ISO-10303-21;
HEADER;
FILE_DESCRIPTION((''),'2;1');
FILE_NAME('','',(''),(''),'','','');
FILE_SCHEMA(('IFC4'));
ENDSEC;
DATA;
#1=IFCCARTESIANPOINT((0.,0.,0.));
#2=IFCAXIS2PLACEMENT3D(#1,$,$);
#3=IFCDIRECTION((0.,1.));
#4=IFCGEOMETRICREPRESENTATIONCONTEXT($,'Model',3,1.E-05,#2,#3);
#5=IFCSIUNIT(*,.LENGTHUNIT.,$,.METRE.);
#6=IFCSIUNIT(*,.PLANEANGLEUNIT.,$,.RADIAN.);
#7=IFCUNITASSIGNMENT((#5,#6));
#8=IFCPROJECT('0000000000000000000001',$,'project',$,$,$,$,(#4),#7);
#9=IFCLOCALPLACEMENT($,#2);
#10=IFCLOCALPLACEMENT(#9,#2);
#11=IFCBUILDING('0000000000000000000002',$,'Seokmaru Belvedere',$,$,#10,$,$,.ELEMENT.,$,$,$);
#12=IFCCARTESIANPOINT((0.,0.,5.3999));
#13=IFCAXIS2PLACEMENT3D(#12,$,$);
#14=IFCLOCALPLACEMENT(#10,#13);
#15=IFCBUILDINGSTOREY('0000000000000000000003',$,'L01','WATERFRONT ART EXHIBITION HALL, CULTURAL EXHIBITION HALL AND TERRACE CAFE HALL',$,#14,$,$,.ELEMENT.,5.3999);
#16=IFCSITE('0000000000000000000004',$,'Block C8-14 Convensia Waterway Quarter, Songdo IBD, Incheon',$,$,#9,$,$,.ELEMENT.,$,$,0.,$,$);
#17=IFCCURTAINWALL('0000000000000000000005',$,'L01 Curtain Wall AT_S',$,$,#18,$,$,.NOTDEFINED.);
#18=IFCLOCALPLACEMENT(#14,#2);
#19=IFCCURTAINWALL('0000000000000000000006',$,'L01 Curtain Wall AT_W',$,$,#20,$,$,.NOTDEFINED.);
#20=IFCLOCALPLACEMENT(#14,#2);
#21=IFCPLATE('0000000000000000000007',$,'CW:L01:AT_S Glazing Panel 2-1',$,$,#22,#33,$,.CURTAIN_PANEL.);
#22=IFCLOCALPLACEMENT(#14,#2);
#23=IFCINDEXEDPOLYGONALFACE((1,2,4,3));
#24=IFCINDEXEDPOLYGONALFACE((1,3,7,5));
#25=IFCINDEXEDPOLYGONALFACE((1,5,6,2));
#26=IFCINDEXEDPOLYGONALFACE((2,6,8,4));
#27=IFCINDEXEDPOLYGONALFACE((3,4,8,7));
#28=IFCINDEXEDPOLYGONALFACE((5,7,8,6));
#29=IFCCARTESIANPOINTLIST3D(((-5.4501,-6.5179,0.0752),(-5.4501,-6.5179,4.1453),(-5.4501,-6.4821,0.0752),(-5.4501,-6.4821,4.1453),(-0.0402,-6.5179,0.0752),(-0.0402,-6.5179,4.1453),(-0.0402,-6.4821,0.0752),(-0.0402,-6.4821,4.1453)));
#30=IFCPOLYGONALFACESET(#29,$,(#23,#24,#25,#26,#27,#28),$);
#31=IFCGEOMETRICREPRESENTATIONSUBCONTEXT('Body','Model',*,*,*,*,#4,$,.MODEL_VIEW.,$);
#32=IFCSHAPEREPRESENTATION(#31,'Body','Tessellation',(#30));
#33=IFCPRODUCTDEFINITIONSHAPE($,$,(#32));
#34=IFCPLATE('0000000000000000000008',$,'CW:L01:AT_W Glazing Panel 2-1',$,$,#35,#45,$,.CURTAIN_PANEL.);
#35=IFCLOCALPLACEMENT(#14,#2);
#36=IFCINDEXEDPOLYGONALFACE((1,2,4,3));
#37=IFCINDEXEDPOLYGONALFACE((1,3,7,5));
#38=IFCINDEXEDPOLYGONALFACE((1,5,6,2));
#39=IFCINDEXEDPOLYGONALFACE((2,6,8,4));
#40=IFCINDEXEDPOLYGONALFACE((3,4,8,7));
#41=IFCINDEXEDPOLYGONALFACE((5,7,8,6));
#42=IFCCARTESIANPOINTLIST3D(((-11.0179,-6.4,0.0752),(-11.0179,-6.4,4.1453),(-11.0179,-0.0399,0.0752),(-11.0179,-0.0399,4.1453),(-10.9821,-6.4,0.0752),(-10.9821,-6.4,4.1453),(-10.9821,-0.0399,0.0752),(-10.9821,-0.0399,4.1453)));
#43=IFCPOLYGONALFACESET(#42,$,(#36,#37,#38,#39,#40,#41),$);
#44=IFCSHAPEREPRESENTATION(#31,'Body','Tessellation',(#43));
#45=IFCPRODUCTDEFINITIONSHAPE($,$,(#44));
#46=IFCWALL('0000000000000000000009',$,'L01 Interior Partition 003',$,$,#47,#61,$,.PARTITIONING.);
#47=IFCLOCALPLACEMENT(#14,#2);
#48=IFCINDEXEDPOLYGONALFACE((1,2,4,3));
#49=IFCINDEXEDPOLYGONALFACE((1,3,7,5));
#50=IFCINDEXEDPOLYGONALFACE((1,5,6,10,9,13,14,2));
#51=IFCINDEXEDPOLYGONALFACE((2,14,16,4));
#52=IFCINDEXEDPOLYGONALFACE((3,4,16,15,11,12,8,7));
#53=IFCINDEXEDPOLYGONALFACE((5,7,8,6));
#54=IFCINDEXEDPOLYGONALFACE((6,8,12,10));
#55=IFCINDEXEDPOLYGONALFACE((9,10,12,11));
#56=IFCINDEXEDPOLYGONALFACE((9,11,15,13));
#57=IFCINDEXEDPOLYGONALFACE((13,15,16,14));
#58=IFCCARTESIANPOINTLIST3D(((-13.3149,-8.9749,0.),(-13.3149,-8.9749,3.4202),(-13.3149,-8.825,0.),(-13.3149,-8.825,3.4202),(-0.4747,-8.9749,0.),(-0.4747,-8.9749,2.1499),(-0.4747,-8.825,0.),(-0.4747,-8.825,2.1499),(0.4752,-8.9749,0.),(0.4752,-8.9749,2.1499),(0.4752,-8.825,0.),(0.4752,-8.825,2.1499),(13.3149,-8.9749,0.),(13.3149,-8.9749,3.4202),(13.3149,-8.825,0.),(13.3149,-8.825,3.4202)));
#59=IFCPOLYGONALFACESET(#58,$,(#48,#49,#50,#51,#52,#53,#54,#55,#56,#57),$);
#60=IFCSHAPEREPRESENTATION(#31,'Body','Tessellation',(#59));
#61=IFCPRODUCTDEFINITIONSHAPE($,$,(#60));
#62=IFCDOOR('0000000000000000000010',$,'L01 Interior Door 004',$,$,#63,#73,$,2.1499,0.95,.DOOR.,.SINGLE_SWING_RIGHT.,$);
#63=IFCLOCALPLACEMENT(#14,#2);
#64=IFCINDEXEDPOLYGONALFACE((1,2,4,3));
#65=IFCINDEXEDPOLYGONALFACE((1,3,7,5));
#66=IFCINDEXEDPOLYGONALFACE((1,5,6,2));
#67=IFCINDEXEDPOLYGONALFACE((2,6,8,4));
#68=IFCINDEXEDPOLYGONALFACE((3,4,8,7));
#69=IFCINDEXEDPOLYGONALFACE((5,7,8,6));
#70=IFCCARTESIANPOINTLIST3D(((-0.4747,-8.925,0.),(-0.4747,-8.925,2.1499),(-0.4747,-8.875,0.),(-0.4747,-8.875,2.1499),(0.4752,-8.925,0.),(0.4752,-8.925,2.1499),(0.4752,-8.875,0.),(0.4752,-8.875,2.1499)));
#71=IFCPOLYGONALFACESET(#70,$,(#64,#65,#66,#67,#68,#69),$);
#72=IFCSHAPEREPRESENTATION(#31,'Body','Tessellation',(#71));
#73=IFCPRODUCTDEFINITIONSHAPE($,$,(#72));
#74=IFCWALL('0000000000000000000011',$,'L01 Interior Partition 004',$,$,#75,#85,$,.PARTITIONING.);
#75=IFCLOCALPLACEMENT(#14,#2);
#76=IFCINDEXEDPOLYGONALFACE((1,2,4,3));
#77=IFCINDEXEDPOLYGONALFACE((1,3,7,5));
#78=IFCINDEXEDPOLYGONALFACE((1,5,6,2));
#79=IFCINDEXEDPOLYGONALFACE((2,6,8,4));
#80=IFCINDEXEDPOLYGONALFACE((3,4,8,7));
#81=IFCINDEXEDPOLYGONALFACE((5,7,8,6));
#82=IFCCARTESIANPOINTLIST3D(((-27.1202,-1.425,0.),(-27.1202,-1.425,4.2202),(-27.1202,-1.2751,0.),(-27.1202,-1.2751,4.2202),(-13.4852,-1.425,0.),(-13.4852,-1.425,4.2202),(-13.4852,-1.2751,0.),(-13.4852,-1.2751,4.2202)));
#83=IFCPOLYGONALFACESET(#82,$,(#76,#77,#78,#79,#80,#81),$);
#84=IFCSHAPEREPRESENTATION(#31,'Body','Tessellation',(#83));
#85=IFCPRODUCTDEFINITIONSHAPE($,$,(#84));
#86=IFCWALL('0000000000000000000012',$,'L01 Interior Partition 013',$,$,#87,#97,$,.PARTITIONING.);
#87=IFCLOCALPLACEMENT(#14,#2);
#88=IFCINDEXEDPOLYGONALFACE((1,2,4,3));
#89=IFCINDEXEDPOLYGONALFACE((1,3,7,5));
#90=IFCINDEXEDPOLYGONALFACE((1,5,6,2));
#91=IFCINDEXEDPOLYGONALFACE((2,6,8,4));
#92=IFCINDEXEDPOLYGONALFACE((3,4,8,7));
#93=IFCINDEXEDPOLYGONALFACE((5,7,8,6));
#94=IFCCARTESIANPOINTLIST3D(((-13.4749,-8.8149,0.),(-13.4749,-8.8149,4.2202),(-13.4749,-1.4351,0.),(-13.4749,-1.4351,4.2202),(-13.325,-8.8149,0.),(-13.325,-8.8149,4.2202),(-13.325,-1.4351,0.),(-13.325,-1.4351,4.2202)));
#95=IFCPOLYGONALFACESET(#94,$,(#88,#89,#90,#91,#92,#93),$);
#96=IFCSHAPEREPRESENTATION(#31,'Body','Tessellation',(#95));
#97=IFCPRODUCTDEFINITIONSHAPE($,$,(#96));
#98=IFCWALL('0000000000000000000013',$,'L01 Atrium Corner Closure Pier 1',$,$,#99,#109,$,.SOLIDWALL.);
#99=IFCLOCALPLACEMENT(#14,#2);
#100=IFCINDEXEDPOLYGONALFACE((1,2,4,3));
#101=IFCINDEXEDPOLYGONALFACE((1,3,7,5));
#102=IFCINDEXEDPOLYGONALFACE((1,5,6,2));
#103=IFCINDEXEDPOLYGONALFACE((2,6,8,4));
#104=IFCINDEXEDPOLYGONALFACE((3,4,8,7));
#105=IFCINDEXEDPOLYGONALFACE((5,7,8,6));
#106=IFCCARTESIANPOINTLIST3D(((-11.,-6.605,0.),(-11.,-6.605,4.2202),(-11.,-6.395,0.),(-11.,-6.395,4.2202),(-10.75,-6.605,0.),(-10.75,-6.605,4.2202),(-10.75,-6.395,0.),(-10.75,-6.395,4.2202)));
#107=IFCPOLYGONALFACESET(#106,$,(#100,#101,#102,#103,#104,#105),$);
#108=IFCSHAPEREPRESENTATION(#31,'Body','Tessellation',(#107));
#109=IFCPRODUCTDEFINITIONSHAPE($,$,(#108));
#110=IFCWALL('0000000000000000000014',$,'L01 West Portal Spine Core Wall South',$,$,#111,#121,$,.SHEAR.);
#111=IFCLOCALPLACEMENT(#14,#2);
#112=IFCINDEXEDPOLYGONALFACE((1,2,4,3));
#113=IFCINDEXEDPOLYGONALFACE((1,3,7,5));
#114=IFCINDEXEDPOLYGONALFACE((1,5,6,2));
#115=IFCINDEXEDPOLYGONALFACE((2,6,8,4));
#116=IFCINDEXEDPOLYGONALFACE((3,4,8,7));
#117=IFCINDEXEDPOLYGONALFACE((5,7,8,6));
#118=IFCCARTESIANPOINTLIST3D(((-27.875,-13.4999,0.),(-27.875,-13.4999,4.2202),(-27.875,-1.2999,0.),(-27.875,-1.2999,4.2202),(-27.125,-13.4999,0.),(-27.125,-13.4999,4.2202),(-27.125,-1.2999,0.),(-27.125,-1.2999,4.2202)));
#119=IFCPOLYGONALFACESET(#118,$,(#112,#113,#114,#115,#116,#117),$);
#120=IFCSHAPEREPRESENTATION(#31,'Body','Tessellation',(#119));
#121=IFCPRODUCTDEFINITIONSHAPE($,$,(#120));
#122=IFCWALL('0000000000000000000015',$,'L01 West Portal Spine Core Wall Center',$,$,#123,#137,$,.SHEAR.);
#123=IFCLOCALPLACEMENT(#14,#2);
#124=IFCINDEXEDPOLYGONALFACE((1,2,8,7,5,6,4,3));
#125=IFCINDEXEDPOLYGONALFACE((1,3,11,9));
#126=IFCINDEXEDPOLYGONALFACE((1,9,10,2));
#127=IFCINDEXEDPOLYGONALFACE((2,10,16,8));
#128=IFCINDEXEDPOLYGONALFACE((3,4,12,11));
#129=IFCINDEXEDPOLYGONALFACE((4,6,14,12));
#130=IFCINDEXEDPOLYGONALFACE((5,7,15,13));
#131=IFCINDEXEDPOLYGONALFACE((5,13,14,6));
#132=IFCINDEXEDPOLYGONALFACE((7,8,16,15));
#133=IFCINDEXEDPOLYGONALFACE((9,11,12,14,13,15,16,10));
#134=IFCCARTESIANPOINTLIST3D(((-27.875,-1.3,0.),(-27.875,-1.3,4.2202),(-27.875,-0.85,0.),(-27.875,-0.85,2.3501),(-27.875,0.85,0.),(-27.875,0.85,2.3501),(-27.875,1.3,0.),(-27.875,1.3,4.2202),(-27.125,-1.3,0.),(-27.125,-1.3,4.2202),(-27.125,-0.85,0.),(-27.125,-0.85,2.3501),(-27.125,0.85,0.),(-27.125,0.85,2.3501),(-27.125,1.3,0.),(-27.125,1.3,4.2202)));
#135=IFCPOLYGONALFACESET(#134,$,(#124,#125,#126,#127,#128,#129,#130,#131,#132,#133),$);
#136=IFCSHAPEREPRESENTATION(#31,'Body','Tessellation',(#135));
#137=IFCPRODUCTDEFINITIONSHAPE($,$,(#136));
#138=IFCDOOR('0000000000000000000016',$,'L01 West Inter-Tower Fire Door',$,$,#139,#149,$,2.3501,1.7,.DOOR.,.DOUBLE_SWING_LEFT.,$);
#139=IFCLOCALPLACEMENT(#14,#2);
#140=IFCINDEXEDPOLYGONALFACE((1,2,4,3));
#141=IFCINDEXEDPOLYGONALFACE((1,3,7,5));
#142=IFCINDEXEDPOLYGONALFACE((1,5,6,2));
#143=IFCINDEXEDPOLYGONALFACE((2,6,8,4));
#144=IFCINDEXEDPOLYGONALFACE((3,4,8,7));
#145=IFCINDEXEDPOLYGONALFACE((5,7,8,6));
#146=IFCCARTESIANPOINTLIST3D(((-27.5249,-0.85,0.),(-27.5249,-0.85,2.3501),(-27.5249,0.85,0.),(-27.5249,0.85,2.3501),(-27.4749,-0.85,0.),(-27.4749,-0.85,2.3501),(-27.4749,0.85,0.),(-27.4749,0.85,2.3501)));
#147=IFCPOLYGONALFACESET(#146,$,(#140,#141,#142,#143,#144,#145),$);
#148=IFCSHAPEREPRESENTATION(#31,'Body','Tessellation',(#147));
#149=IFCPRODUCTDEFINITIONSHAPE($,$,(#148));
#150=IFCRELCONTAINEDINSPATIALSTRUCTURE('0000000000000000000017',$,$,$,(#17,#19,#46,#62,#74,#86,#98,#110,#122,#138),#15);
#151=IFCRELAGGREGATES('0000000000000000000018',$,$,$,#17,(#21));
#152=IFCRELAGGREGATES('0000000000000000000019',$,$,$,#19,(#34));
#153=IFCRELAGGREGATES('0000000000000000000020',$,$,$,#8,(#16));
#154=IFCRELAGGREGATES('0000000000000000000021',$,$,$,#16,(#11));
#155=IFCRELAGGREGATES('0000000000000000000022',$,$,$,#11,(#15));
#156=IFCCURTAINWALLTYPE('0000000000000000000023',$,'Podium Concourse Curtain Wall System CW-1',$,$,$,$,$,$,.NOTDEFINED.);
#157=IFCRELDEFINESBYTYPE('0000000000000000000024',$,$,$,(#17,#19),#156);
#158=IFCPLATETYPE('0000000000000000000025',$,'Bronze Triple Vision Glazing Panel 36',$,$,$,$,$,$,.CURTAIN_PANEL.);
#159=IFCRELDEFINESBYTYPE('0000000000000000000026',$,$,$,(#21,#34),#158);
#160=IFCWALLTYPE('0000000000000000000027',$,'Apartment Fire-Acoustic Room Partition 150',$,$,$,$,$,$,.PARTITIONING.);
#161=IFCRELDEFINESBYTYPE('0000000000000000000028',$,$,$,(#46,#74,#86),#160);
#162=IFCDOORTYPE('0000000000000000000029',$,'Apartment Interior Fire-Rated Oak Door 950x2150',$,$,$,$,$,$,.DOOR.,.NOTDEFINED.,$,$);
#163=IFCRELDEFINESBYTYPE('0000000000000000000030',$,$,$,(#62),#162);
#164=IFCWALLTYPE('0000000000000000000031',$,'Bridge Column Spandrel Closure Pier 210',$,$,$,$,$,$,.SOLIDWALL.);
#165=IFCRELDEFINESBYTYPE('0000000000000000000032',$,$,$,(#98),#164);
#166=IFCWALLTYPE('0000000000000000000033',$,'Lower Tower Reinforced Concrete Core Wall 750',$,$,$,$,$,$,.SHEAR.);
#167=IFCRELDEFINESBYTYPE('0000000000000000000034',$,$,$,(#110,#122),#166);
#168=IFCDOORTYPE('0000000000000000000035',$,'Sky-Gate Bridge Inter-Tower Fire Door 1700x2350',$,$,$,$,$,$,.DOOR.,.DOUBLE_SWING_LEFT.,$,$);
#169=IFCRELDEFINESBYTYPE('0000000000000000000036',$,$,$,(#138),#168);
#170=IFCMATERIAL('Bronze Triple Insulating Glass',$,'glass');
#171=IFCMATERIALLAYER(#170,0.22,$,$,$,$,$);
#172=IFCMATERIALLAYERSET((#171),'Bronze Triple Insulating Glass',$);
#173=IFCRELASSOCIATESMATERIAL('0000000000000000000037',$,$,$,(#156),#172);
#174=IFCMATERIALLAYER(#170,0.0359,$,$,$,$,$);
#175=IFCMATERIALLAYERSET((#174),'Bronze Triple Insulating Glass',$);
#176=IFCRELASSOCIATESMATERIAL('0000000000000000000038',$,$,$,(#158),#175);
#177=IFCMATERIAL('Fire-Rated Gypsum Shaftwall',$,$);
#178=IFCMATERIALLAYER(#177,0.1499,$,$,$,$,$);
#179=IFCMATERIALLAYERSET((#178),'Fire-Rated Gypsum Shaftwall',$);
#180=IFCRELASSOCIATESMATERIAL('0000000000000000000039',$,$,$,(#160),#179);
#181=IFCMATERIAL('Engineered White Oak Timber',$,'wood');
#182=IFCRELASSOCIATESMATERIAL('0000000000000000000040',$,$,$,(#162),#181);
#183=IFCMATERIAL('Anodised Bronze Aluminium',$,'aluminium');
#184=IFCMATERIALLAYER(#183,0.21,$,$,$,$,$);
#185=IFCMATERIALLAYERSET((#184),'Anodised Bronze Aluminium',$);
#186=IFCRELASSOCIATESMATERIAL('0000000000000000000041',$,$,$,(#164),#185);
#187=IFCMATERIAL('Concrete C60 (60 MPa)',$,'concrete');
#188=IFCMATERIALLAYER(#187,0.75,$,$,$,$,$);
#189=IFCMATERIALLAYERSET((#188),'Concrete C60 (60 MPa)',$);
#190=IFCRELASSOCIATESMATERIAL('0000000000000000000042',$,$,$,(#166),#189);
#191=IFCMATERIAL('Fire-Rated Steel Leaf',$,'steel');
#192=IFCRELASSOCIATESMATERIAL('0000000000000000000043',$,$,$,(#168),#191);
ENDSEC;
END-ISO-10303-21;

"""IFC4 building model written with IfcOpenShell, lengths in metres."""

from ifc_helpers import new_model, si_unit, direction, frame, frame_2d, origin, origin_2d, place, context, subcontext, project, spatial, rectangle, extrude, source, transform, mapped, material, layer, layer_set, type_object, type_shapes, element, fill, aggregate, save


model = new_model("IFC4")

# Units and contexts
model_context = context("Model", 3, precision=1e-05, world=origin(), true_north=direction((0.0, 1.0)))
body_context = subcontext(model_context, "Body", "Model", "MODEL_VIEW")
ifc_project = project(units=[si_unit("LENGTHUNIT", "METRE"), si_unit("PLANEANGLEUNIT", "RADIAN")], contexts=[model_context])

# Site, building, storey
site_placement = place(None, origin())
site = spatial("IfcSite", under=ifc_project, at=site_placement, Name="Block C8-14 Convensia Waterway Quarter, Songdo IBD, Incheon", CompositionType="ELEMENT", RefElevation=0.0)
building_placement = place(site_placement, origin())
building = spatial("IfcBuilding", under=site, at=building_placement, Name="Seokmaru Belvedere", CompositionType="ELEMENT")
storey_placement = place(building_placement, frame((0.0, 0.0, 5.3999)))
storey = spatial("IfcBuildingStorey", under=building, at=storey_placement, Name="L01", Description="WATERFRONT ART EXHIBITION HALL, CULTURAL EXHIBITION HALL AND TERRACE CAFE HALL", CompositionType="ELEMENT", Elevation=5.3999)

# Curtain walls
ifc_material_1 = material(Name="Bronze Triple Insulating Glass", Category="glass")
ifc_layer_1 = layer(ifc_material_1, 0.22)
ifc_layer_set_1 = layer_set([ifc_layer_1], Name="Bronze Triple Insulating Glass")
curtain_wall_type = type_object("IfcCurtainWallType", Name="Podium Concourse Curtain Wall System CW-1", PredefinedType="NOTDEFINED", material=ifc_layer_set_1)
curtain_wall_1_placement = place(storey_placement, origin())
curtain_wall_1 = element("IfcCurtainWall", 1, at=curtain_wall_1_placement, inside=storey, type_object=curtain_wall_type, Name="L01 Curtain Wall AT_S", PredefinedType="NOTDEFINED")
ifc_material_2 = material(Name="Anodised Bronze Aluminium", Category="aluminium")
curtain_wall_2_placement = place(storey_placement, origin())
curtain_wall_2 = element("IfcCurtainWall", 2, at=curtain_wall_2_placement, inside=storey, type_object=curtain_wall_type, Name="L01 Curtain Wall AT_W", PredefinedType="NOTDEFINED")

# Plates
ifc_layer_2 = layer(ifc_material_1, 0.0359)
ifc_layer_set_2 = layer_set([ifc_layer_2], Name="Bronze Triple Insulating Glass")
plate_type = type_object("IfcPlateType", Name="Bronze Triple Vision Glazing Panel 36", PredefinedType="CURTAIN_PANEL", material=ifc_layer_set_2)
shared_shape_1 = source(origin(), body_context, "Body", "SweptSolid", [
    extrude(rectangle(XDim=5.4099, YDim=0.0359, at=origin_2d()), origin(), (0.0, 0.0, 1.0), 4.0701),
])
plate_1_placement = place(storey_placement, frame((-2.7451, -6.5, 0.0752), z_axis=(0.0, 0.0, 1.0), x_axis=(1.0, 0.0, 0.0)))
plate_1 = element("IfcPlate", 3, at=plate_1_placement, type_object=plate_type, Name="CW:L01:AT_S Glazing Panel 2-1", PredefinedType="CURTAIN_PANEL", context=body_context, shape_type="MappedRepresentation", body=[
    mapped(shared_shape_1, transform((0.0, 0.0, 0.0), scale=1.0)),
])
aggregate(curtain_wall_1, [plate_1])
shared_shape_2 = source(origin(), body_context, "Body", "SweptSolid", [
    extrude(rectangle(XDim=6.3601, YDim=0.0359, at=origin_2d()), origin(), (0.0, 0.0, 1.0), 4.0701),
])
plate_2_placement = place(storey_placement, frame((-11.0, -3.22, 0.0752), z_axis=(0.0, 0.0, 1.0), x_axis=(0.0, -1.0, 0.0)))
plate_2 = element("IfcPlate", 4, at=plate_2_placement, type_object=plate_type, Name="CW:L01:AT_W Glazing Panel 2-1", PredefinedType="CURTAIN_PANEL", context=body_context, shape_type="MappedRepresentation", body=[
    mapped(shared_shape_2, transform((0.0, 0.0, 0.0), scale=1.0)),
])
aggregate(curtain_wall_2, [plate_2])

# Wall, opening, door
ifc_material_3 = material(Name="Fire-Rated Gypsum Shaftwall")
ifc_layer_3 = layer(ifc_material_3, 0.1499)
ifc_layer_set_3 = layer_set([ifc_layer_3], Name="Fire-Rated Gypsum Shaftwall")
wall_type_1 = type_object("IfcWallType", Name="Apartment Fire-Acoustic Room Partition 150", PredefinedType="PARTITIONING", material=ifc_layer_set_3)
wall_1_placement = place(storey_placement, frame((-13.3149, -8.8999, 0.0), z_axis=(0.0, 0.0, 1.0), x_axis=(1.0, 0.0, 0.0)))
wall_1 = element("IfcWall", 5, at=wall_1_placement, inside=storey, type_object=wall_type_1, Name="L01 Interior Partition 003", PredefinedType="PARTITIONING", context=body_context, shape_type="SweptSolid", body=[
    extrude(rectangle(XDim=26.6299, YDim=0.1499, at=frame_2d((13.3149, 0.0))), origin(), (0.0, 0.0, 1.0), 3.4202),
])
opening_1_placement = place(wall_1_placement, frame((12.8401, 0.0, 0.0)))
opening_1 = element("IfcOpeningElement", 6, at=opening_1_placement, cuts=wall_1, PredefinedType="OPENING", context=body_context, shape_type="SweptSolid", body=[
    extrude(rectangle(XDim=0.95, YDim=2.1499, at=frame_2d((0.4751, 1.075))), frame((0.0, 0.085, 0.0), z_axis=(0.0, -1.0, 0.0), x_axis=(1.0, 0.0, 0.0)), (0.0, 0.0, 1.0), 0.1699),
])
ifc_material_4 = material(Name="Engineered White Oak Timber", Category="wood")
door_type_1 = type_object("IfcDoorType", Name="Apartment Interior Fire-Rated Oak Door 950x2150", OperationType="NOTDEFINED", PredefinedType="DOOR", material=ifc_material_4)
shared_shape_3 = source(origin(), body_context, "Body", "SweptSolid", [
    extrude(rectangle(XDim=0.95, YDim=2.1499, at=frame_2d((0.4751, 1.075))), frame((0.0, 0.0249, 0.0), z_axis=(0.0, -1.0, 0.0), x_axis=(1.0, 0.0, 0.0)), (0.0, 0.0, 1.0), 0.05),
])
type_shapes(door_type_1, [shared_shape_3])
door_1_placement = place(opening_1_placement, origin())
door_1 = element("IfcDoor", 7, at=door_1_placement, inside=storey, type_object=door_type_1, Name="L01 Interior Door 004", OperationType="SINGLE_SWING_RIGHT", OverallHeight=2.1499, OverallWidth=0.95, PredefinedType="DOOR", context=body_context, shape_type="MappedRepresentation", body=[
    mapped(shared_shape_3, transform((0.0, 0.0, 0.0), scale=1.0)),
])
fill(opening_1, door_1)

# Walls
wall_2_placement = place(storey_placement, frame((-27.1201, -1.3501, 0.0), z_axis=(0.0, 0.0, 1.0), x_axis=(1.0, 0.0, 0.0)))
element("IfcWall", 8, at=wall_2_placement, inside=storey, type_object=wall_type_1, Name="L01 Interior Partition 004", PredefinedType="PARTITIONING", context=body_context, shape_type="SweptSolid", body=[
    extrude(rectangle(XDim=13.635, YDim=0.1499, at=frame_2d((6.8174, 0.0))), origin(), (0.0, 0.0, 1.0), 4.2202),
])
wall_3_placement = place(storey_placement, frame((-13.3999, -8.8149, 0.0), z_axis=(0.0, 0.0, 1.0), x_axis=(0.0, 1.0, 0.0)))
element("IfcWall", 9, at=wall_3_placement, inside=storey, type_object=wall_type_1, Name="L01 Interior Partition 013", PredefinedType="PARTITIONING", context=body_context, shape_type="SweptSolid", body=[
    extrude(rectangle(XDim=7.3799, YDim=0.1499, at=frame_2d((3.6899, 0.0))), origin(), (0.0, 0.0, 1.0), 4.2202),
])
ifc_layer_4 = layer(ifc_material_2, 0.21)
ifc_layer_set_4 = layer_set([ifc_layer_4], Name="Anodised Bronze Aluminium")
wall_type_2 = type_object("IfcWallType", Name="Bridge Column Spandrel Closure Pier 210", PredefinedType="SOLIDWALL", material=ifc_layer_set_4)
wall_4_placement = place(storey_placement, frame((-11.0, -6.5, 0.0), z_axis=(0.0, 0.0, 1.0), x_axis=(1.0, 0.0, 0.0)))
element("IfcWall", 10, at=wall_4_placement, inside=storey, type_object=wall_type_2, Name="L01 Atrium Corner Closure Pier 1", PredefinedType="SOLIDWALL", context=body_context, shape_type="SweptSolid", body=[
    extrude(rectangle(XDim=0.25, YDim=0.21, at=frame_2d((0.125, 0.0))), origin(), (0.0, 0.0, 1.0), 4.2202),
])
ifc_material_5 = material(Name="Concrete C60 (60 MPa)", Category="concrete")
ifc_layer_5 = layer(ifc_material_5, 0.75)
ifc_layer_set_5 = layer_set([ifc_layer_5], Name="Concrete C60 (60 MPa)")
wall_type_3 = type_object("IfcWallType", Name="Lower Tower Reinforced Concrete Core Wall 750", PredefinedType="SHEAR", material=ifc_layer_set_5)
wall_5_placement = place(storey_placement, frame((-27.5, -13.5, 0.0), z_axis=(0.0, 0.0, 1.0), x_axis=(0.0, 1.0, 0.0)))
element("IfcWall", 11, at=wall_5_placement, inside=storey, type_object=wall_type_3, Name="L01 West Portal Spine Core Wall South", PredefinedType="SHEAR", context=body_context, shape_type="SweptSolid", body=[
    extrude(rectangle(XDim=12.2, YDim=0.75, at=frame_2d((6.1001, 0.0))), origin(), (0.0, 0.0, 1.0), 4.2202),
])

# Wall, opening, door
wall_6_placement = place(storey_placement, frame((-27.5, -1.3, 0.0), z_axis=(0.0, 0.0, 1.0), x_axis=(0.0, 1.0, 0.0)))
wall_6 = element("IfcWall", 12, at=wall_6_placement, inside=storey, type_object=wall_type_3, Name="L01 West Portal Spine Core Wall Center", PredefinedType="SHEAR", context=body_context, shape_type="SweptSolid", body=[
    extrude(rectangle(XDim=2.6001, YDim=0.75, at=frame_2d((1.3, 0.0))), origin(), (0.0, 0.0, 1.0), 4.2202),
])
opening_2_placement = place(wall_6_placement, frame((0.45, 0.0, 0.0)))
opening_2 = element("IfcOpeningElement", 13, at=opening_2_placement, cuts=wall_6, PredefinedType="OPENING", context=body_context, shape_type="SweptSolid", body=[
    extrude(rectangle(XDim=1.7, YDim=2.3501, at=frame_2d((0.8501, 1.175))), frame((0.0, 0.385, 0.0), z_axis=(0.0, -1.0, 0.0), x_axis=(1.0, 0.0, 0.0)), (0.0, 0.0, 1.0), 0.77),
])
ifc_material_6 = material(Name="Fire-Rated Steel Leaf", Category="steel")
door_type_2 = type_object("IfcDoorType", Name="Sky-Gate Bridge Inter-Tower Fire Door 1700x2350", OperationType="DOUBLE_SWING_LEFT", PredefinedType="DOOR", material=ifc_material_6)
shared_shape_4 = source(origin(), body_context, "Body", "SweptSolid", [
    extrude(rectangle(XDim=1.7, YDim=2.3501, at=frame_2d((0.8501, 1.175))), frame((0.0, 0.0249, 0.0), z_axis=(0.0, -1.0, 0.0), x_axis=(1.0, 0.0, 0.0)), (0.0, 0.0, 1.0), 0.05),
])
type_shapes(door_type_2, [shared_shape_4])
door_2_placement = place(opening_2_placement, origin())
door_2 = element("IfcDoor", 14, at=door_2_placement, inside=storey, type_object=door_type_2, Name="L01 West Inter-Tower Fire Door", OperationType="DOUBLE_SWING_LEFT", OverallHeight=2.3501, OverallWidth=1.7, PredefinedType="DOOR", context=body_context, shape_type="MappedRepresentation", body=[
    mapped(shared_shape_4, transform((0.0, 0.0, 0.0), scale=1.0)),
])
fill(opening_2, door_2)

save(model, "model.ifc")
